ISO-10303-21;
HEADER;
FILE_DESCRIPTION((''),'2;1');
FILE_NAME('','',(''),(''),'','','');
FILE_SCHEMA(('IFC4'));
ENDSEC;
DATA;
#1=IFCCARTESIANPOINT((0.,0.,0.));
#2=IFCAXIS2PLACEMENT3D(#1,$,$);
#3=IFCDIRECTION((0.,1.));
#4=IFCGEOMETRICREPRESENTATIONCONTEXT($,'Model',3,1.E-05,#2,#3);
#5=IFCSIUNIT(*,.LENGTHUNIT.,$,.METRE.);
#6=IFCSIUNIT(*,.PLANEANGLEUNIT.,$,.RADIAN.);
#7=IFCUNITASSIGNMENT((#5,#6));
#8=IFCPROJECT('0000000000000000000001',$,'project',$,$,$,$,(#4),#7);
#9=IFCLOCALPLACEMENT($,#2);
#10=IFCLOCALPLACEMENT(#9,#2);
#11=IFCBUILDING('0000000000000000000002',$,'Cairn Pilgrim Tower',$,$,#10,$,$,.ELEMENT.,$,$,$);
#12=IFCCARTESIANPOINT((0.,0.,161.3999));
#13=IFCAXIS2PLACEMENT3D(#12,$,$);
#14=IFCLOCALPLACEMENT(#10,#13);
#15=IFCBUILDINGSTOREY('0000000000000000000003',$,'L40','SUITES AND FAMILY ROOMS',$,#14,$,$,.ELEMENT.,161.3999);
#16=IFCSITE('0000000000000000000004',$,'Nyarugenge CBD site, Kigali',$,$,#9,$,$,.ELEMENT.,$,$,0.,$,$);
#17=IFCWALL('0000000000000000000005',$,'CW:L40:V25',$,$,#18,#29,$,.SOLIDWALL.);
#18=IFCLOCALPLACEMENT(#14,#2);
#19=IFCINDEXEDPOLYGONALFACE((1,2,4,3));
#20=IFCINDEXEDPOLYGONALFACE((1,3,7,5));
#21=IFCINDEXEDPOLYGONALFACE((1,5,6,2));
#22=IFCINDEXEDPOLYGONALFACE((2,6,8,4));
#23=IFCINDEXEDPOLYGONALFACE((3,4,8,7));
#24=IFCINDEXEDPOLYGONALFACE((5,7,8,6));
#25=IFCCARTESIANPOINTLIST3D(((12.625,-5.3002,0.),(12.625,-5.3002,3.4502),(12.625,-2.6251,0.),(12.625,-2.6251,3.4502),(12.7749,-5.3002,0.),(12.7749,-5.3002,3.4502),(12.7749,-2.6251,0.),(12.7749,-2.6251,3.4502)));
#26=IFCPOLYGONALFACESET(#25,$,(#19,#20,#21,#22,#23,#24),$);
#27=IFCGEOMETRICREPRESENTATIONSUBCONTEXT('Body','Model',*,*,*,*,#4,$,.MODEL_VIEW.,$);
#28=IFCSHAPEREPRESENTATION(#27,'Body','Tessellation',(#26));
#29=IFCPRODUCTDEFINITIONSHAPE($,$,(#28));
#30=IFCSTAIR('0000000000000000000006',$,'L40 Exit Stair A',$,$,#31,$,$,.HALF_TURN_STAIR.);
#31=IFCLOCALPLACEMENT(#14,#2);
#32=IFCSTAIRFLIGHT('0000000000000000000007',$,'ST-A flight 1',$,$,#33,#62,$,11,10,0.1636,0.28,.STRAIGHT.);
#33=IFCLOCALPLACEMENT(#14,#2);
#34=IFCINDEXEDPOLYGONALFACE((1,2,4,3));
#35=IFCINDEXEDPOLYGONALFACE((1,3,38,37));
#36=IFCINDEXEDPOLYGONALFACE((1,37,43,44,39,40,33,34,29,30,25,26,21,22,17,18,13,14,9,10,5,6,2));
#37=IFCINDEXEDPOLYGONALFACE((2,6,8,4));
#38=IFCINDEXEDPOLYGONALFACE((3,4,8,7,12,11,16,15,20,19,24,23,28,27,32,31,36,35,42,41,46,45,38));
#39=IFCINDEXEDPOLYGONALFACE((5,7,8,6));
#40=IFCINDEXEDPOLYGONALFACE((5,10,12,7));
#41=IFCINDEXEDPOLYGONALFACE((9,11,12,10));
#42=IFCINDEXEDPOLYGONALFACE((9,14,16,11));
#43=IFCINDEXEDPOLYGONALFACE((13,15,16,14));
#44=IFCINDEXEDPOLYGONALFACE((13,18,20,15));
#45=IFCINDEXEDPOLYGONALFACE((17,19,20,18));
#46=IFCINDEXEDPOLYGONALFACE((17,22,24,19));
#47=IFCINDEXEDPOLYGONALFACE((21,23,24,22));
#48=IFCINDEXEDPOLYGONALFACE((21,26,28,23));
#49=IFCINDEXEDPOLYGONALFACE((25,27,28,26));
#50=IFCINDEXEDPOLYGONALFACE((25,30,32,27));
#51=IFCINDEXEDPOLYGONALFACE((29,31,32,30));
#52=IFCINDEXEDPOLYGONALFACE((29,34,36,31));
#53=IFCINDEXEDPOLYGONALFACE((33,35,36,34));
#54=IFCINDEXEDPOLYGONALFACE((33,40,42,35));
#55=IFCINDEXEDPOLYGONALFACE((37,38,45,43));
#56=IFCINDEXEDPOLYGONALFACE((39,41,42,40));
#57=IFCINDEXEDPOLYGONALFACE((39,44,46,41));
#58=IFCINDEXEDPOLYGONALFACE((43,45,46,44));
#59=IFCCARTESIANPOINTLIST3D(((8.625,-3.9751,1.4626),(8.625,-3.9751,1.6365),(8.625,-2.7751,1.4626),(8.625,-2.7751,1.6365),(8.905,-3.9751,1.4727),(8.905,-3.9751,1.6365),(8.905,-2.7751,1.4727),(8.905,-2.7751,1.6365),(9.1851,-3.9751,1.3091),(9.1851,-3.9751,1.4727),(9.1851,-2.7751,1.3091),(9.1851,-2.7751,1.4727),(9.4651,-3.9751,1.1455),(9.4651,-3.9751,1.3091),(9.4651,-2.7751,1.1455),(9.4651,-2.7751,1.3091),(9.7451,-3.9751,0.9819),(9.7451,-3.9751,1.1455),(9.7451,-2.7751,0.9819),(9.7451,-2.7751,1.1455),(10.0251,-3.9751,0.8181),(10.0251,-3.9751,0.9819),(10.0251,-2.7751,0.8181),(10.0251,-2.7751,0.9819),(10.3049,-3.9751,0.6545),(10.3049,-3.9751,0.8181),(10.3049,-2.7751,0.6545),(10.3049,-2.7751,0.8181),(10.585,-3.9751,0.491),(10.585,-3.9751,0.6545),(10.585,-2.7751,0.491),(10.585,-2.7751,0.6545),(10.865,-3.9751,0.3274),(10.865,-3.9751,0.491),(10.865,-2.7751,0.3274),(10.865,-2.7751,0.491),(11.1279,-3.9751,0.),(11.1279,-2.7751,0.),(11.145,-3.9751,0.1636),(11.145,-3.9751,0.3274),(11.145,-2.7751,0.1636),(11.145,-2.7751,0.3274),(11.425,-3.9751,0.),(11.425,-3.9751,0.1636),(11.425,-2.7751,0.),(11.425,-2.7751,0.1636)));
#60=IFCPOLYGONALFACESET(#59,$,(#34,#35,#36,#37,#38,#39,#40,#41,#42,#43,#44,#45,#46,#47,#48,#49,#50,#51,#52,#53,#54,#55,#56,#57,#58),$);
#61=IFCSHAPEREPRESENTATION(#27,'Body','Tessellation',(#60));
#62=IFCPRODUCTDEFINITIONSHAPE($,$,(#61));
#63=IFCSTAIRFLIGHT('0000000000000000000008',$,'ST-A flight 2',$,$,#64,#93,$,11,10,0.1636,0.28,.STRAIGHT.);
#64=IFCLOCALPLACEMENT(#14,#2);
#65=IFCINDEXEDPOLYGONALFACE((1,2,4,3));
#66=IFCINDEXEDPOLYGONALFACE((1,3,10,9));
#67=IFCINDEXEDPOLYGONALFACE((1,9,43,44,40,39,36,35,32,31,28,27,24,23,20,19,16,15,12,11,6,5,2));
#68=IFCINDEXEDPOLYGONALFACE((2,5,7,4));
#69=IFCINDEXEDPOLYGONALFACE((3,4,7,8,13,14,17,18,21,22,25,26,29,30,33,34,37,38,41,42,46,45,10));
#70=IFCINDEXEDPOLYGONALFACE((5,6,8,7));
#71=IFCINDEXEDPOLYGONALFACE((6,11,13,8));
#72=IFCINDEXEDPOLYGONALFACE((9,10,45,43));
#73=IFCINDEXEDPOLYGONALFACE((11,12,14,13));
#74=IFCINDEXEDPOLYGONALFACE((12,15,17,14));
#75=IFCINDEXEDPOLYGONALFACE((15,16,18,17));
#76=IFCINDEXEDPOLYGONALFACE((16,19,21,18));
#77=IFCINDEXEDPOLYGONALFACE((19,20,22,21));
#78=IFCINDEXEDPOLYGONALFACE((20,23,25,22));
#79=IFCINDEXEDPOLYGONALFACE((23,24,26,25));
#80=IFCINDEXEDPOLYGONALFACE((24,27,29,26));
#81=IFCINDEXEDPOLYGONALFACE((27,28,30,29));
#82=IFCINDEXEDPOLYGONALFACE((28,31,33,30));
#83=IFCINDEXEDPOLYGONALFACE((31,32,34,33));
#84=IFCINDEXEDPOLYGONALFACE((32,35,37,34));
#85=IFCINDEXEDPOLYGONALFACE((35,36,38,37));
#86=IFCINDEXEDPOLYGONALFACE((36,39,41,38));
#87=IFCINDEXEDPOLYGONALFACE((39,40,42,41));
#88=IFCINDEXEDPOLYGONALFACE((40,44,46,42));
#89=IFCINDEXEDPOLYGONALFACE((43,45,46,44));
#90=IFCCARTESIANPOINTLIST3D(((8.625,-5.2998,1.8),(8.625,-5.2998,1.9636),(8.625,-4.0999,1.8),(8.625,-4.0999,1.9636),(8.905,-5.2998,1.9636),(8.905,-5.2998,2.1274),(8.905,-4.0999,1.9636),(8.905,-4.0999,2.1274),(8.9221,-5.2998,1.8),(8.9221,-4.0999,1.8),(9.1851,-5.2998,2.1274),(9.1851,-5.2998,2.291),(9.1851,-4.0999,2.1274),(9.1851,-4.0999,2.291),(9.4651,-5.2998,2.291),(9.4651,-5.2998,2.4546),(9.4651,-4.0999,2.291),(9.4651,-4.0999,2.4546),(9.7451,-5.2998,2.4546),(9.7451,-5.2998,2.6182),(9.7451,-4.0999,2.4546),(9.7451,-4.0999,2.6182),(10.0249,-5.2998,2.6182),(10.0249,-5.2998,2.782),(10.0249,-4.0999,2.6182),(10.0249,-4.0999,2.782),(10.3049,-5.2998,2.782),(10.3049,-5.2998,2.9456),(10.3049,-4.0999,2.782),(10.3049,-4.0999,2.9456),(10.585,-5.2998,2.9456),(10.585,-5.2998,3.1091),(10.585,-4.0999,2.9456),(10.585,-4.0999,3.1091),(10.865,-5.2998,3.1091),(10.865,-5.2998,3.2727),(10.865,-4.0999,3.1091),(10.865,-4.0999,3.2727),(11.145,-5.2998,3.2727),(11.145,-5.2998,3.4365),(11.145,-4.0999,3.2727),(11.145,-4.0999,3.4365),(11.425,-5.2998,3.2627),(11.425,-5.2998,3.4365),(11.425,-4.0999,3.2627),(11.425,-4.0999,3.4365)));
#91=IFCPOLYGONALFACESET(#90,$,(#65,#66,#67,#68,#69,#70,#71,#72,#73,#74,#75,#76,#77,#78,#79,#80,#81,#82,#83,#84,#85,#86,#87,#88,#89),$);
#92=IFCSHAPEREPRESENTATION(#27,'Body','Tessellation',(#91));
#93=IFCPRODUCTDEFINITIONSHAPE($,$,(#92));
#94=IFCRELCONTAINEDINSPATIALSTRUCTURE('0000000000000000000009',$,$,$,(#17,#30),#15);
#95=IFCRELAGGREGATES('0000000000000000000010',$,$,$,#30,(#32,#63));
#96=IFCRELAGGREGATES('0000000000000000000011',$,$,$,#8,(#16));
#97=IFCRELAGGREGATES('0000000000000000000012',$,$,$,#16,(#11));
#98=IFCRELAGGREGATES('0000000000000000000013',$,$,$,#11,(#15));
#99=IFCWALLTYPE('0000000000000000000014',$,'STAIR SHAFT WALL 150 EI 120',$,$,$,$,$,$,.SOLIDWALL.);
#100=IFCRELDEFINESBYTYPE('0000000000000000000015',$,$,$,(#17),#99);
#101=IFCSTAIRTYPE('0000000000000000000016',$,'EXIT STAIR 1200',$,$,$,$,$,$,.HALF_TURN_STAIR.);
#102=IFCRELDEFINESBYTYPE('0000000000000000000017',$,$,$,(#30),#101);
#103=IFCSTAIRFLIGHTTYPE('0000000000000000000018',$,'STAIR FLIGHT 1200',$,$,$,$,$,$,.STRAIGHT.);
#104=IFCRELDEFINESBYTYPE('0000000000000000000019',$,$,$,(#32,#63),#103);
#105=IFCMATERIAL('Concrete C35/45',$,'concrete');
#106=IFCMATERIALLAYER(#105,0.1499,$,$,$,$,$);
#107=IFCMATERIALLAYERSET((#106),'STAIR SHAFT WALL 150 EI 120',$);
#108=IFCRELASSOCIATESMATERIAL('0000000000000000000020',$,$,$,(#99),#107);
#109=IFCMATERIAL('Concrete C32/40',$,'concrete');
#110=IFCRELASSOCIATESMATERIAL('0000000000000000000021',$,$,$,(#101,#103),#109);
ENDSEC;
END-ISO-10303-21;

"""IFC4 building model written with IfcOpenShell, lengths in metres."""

from ifc_helpers import new_model, si_unit, direction, frame, frame_2d, origin, place, context, subcontext, project, spatial, polyline, rectangle, outline, extrude, material, layer, layer_set, type_object, element, aggregate, save


model = new_model("IFC4")

# Units and contexts
model_context = context("Model", 3, precision=1e-05, world=origin(), true_north=direction((0.0, 1.0)))
body_context = subcontext(model_context, "Body", "Model", "MODEL_VIEW")
ifc_project = project(units=[si_unit("LENGTHUNIT", "METRE"), si_unit("PLANEANGLEUNIT", "RADIAN")], contexts=[model_context])

# Site, building, storey
site_placement = place(None, origin())
site = spatial("IfcSite", under=ifc_project, at=site_placement, Name="Nyarugenge CBD site, Kigali", CompositionType="ELEMENT", RefElevation=0.0)
building_placement = place(site_placement, origin())
building = spatial("IfcBuilding", under=site, at=building_placement, Name="Cairn Pilgrim Tower", CompositionType="ELEMENT")
storey_placement = place(building_placement, frame((0.0, 0.0, 161.3999)))
storey = spatial("IfcBuildingStorey", under=building, at=storey_placement, Name="L40", Description="SUITES AND FAMILY ROOMS", CompositionType="ELEMENT", Elevation=161.3999)

# Shared definitions
ifc_material_1 = material(Name="Concrete C32/40", Category="concrete")

# Wall
ifc_material_2 = material(Name="Concrete C35/45", Category="concrete")
ifc_layer_1 = layer(ifc_material_2, 0.1499)
ifc_layer_set_1 = layer_set([ifc_layer_1], Name="STAIR SHAFT WALL 150 EI 120")
wall_type_1 = type_object("IfcWallType", Name="STAIR SHAFT WALL 150 EI 120", PredefinedType="SOLIDWALL", material=ifc_layer_set_1)
wall_1_placement = place(storey_placement, frame((12.7, -5.3, 0.0), z_axis=(0.0, 0.0, 1.0), x_axis=(0.0, 1.0, 0.0)))
element("IfcWall", 1, at=wall_1_placement, inside=storey, type_object=wall_type_1, Name="CW:L40:V25", PredefinedType="SOLIDWALL", context=body_context, shape_type="SweptSolid", body=[
    extrude(rectangle(XDim=2.675, YDim=0.1499, at=frame_2d((1.3374, 0.0))), origin(), (0.0, 0.0, 1.0), 3.4502),
])

# Stair, stair flights
stair_type = type_object("IfcStairType", Name="EXIT STAIR 1200", PredefinedType="HALF_TURN_STAIR", material=ifc_material_1)
stair_placement = place(storey_placement, origin())
stair = element("IfcStair", 2, at=stair_placement, inside=storey, type_object=stair_type, Name="L40 Exit Stair A", PredefinedType="HALF_TURN_STAIR")
stair_flight_type = type_object("IfcStairFlightType", Name="STAIR FLIGHT 1200", PredefinedType="STRAIGHT", material=ifc_material_1)
stair_flight_1_placement = place(storey_placement, frame((11.425, -3.375, 0.0), z_axis=(0.0, 0.0, 1.0), x_axis=(-1.0, 0.0, 0.0)))
stair_flight_1 = element("IfcStairFlight", 3, at=stair_flight_1_placement, type_object=stair_flight_type, Name="ST-A flight 1", NumberOfRisers=11, NumberOfTreads=10, PredefinedType="STRAIGHT", RiserHeight=0.1636, TreadLength=0.28, context=body_context, shape_type="SweptSolid", body=[
    extrude(outline(polyline([(0.0, 0.0), (0.0, 0.1636), (0.28, 0.1636), (0.28, 0.3274), (0.5601, 0.3274), (0.5601, 0.491), (0.8401, 0.491), (0.8401, 0.6545), (1.1201, 0.6545), (1.1201, 0.8181), (1.3999, 0.8181), (1.3999, 0.9819), (1.6799, 0.9819), (1.6799, 1.1455), (1.96, 1.1455), (1.96, 1.3091), (2.24, 1.3091), (2.24, 1.4727), (2.52, 1.4727), (2.52, 1.6365), (2.8, 1.6365), (2.8, 1.8), (2.8, 1.4626), (0.2971, 0.0), (0.0, 0.0)])), frame((0.0, 0.6001, 0.0), z_axis=(0.0, -1.0, 0.0), x_axis=(1.0, 0.0, 0.0)), (0.0, 0.0, 1.0), 1.2),
])
stair_flight_2_placement = place(storey_placement, frame((8.625, -4.7, 1.8), z_axis=(0.0, 0.0, 1.0), x_axis=(1.0, 0.0, 0.0)))
stair_flight_2 = element("IfcStairFlight", 4, at=stair_flight_2_placement, type_object=stair_flight_type, Name="ST-A flight 2", NumberOfRisers=11, NumberOfTreads=10, PredefinedType="STRAIGHT", RiserHeight=0.1636, TreadLength=0.28, context=body_context, shape_type="SweptSolid", body=[
    extrude(outline(polyline([(0.0, 0.0), (0.0, 0.1636), (0.28, 0.1636), (0.28, 0.3274), (0.5601, 0.3274), (0.5601, 0.491), (0.8401, 0.491), (0.8401, 0.6545), (1.1201, 0.6545), (1.1201, 0.8181), (1.3999, 0.8181), (1.3999, 0.9819), (1.6799, 0.9819), (1.6799, 1.1455), (1.96, 1.1455), (1.96, 1.3091), (2.24, 1.3091), (2.24, 1.4727), (2.52, 1.4727), (2.52, 1.6365), (2.8, 1.6365), (2.8, 1.8), (2.8, 1.4626), (0.2971, 0.0), (0.0, 0.0)])), frame((0.0, 0.6001, 0.0), z_axis=(0.0, -1.0, 0.0), x_axis=(1.0, 0.0, 0.0)), (0.0, 0.0, 1.0), 1.2),
])
aggregate(stair, [stair_flight_1, stair_flight_2])

save(model, "model.ifc")
